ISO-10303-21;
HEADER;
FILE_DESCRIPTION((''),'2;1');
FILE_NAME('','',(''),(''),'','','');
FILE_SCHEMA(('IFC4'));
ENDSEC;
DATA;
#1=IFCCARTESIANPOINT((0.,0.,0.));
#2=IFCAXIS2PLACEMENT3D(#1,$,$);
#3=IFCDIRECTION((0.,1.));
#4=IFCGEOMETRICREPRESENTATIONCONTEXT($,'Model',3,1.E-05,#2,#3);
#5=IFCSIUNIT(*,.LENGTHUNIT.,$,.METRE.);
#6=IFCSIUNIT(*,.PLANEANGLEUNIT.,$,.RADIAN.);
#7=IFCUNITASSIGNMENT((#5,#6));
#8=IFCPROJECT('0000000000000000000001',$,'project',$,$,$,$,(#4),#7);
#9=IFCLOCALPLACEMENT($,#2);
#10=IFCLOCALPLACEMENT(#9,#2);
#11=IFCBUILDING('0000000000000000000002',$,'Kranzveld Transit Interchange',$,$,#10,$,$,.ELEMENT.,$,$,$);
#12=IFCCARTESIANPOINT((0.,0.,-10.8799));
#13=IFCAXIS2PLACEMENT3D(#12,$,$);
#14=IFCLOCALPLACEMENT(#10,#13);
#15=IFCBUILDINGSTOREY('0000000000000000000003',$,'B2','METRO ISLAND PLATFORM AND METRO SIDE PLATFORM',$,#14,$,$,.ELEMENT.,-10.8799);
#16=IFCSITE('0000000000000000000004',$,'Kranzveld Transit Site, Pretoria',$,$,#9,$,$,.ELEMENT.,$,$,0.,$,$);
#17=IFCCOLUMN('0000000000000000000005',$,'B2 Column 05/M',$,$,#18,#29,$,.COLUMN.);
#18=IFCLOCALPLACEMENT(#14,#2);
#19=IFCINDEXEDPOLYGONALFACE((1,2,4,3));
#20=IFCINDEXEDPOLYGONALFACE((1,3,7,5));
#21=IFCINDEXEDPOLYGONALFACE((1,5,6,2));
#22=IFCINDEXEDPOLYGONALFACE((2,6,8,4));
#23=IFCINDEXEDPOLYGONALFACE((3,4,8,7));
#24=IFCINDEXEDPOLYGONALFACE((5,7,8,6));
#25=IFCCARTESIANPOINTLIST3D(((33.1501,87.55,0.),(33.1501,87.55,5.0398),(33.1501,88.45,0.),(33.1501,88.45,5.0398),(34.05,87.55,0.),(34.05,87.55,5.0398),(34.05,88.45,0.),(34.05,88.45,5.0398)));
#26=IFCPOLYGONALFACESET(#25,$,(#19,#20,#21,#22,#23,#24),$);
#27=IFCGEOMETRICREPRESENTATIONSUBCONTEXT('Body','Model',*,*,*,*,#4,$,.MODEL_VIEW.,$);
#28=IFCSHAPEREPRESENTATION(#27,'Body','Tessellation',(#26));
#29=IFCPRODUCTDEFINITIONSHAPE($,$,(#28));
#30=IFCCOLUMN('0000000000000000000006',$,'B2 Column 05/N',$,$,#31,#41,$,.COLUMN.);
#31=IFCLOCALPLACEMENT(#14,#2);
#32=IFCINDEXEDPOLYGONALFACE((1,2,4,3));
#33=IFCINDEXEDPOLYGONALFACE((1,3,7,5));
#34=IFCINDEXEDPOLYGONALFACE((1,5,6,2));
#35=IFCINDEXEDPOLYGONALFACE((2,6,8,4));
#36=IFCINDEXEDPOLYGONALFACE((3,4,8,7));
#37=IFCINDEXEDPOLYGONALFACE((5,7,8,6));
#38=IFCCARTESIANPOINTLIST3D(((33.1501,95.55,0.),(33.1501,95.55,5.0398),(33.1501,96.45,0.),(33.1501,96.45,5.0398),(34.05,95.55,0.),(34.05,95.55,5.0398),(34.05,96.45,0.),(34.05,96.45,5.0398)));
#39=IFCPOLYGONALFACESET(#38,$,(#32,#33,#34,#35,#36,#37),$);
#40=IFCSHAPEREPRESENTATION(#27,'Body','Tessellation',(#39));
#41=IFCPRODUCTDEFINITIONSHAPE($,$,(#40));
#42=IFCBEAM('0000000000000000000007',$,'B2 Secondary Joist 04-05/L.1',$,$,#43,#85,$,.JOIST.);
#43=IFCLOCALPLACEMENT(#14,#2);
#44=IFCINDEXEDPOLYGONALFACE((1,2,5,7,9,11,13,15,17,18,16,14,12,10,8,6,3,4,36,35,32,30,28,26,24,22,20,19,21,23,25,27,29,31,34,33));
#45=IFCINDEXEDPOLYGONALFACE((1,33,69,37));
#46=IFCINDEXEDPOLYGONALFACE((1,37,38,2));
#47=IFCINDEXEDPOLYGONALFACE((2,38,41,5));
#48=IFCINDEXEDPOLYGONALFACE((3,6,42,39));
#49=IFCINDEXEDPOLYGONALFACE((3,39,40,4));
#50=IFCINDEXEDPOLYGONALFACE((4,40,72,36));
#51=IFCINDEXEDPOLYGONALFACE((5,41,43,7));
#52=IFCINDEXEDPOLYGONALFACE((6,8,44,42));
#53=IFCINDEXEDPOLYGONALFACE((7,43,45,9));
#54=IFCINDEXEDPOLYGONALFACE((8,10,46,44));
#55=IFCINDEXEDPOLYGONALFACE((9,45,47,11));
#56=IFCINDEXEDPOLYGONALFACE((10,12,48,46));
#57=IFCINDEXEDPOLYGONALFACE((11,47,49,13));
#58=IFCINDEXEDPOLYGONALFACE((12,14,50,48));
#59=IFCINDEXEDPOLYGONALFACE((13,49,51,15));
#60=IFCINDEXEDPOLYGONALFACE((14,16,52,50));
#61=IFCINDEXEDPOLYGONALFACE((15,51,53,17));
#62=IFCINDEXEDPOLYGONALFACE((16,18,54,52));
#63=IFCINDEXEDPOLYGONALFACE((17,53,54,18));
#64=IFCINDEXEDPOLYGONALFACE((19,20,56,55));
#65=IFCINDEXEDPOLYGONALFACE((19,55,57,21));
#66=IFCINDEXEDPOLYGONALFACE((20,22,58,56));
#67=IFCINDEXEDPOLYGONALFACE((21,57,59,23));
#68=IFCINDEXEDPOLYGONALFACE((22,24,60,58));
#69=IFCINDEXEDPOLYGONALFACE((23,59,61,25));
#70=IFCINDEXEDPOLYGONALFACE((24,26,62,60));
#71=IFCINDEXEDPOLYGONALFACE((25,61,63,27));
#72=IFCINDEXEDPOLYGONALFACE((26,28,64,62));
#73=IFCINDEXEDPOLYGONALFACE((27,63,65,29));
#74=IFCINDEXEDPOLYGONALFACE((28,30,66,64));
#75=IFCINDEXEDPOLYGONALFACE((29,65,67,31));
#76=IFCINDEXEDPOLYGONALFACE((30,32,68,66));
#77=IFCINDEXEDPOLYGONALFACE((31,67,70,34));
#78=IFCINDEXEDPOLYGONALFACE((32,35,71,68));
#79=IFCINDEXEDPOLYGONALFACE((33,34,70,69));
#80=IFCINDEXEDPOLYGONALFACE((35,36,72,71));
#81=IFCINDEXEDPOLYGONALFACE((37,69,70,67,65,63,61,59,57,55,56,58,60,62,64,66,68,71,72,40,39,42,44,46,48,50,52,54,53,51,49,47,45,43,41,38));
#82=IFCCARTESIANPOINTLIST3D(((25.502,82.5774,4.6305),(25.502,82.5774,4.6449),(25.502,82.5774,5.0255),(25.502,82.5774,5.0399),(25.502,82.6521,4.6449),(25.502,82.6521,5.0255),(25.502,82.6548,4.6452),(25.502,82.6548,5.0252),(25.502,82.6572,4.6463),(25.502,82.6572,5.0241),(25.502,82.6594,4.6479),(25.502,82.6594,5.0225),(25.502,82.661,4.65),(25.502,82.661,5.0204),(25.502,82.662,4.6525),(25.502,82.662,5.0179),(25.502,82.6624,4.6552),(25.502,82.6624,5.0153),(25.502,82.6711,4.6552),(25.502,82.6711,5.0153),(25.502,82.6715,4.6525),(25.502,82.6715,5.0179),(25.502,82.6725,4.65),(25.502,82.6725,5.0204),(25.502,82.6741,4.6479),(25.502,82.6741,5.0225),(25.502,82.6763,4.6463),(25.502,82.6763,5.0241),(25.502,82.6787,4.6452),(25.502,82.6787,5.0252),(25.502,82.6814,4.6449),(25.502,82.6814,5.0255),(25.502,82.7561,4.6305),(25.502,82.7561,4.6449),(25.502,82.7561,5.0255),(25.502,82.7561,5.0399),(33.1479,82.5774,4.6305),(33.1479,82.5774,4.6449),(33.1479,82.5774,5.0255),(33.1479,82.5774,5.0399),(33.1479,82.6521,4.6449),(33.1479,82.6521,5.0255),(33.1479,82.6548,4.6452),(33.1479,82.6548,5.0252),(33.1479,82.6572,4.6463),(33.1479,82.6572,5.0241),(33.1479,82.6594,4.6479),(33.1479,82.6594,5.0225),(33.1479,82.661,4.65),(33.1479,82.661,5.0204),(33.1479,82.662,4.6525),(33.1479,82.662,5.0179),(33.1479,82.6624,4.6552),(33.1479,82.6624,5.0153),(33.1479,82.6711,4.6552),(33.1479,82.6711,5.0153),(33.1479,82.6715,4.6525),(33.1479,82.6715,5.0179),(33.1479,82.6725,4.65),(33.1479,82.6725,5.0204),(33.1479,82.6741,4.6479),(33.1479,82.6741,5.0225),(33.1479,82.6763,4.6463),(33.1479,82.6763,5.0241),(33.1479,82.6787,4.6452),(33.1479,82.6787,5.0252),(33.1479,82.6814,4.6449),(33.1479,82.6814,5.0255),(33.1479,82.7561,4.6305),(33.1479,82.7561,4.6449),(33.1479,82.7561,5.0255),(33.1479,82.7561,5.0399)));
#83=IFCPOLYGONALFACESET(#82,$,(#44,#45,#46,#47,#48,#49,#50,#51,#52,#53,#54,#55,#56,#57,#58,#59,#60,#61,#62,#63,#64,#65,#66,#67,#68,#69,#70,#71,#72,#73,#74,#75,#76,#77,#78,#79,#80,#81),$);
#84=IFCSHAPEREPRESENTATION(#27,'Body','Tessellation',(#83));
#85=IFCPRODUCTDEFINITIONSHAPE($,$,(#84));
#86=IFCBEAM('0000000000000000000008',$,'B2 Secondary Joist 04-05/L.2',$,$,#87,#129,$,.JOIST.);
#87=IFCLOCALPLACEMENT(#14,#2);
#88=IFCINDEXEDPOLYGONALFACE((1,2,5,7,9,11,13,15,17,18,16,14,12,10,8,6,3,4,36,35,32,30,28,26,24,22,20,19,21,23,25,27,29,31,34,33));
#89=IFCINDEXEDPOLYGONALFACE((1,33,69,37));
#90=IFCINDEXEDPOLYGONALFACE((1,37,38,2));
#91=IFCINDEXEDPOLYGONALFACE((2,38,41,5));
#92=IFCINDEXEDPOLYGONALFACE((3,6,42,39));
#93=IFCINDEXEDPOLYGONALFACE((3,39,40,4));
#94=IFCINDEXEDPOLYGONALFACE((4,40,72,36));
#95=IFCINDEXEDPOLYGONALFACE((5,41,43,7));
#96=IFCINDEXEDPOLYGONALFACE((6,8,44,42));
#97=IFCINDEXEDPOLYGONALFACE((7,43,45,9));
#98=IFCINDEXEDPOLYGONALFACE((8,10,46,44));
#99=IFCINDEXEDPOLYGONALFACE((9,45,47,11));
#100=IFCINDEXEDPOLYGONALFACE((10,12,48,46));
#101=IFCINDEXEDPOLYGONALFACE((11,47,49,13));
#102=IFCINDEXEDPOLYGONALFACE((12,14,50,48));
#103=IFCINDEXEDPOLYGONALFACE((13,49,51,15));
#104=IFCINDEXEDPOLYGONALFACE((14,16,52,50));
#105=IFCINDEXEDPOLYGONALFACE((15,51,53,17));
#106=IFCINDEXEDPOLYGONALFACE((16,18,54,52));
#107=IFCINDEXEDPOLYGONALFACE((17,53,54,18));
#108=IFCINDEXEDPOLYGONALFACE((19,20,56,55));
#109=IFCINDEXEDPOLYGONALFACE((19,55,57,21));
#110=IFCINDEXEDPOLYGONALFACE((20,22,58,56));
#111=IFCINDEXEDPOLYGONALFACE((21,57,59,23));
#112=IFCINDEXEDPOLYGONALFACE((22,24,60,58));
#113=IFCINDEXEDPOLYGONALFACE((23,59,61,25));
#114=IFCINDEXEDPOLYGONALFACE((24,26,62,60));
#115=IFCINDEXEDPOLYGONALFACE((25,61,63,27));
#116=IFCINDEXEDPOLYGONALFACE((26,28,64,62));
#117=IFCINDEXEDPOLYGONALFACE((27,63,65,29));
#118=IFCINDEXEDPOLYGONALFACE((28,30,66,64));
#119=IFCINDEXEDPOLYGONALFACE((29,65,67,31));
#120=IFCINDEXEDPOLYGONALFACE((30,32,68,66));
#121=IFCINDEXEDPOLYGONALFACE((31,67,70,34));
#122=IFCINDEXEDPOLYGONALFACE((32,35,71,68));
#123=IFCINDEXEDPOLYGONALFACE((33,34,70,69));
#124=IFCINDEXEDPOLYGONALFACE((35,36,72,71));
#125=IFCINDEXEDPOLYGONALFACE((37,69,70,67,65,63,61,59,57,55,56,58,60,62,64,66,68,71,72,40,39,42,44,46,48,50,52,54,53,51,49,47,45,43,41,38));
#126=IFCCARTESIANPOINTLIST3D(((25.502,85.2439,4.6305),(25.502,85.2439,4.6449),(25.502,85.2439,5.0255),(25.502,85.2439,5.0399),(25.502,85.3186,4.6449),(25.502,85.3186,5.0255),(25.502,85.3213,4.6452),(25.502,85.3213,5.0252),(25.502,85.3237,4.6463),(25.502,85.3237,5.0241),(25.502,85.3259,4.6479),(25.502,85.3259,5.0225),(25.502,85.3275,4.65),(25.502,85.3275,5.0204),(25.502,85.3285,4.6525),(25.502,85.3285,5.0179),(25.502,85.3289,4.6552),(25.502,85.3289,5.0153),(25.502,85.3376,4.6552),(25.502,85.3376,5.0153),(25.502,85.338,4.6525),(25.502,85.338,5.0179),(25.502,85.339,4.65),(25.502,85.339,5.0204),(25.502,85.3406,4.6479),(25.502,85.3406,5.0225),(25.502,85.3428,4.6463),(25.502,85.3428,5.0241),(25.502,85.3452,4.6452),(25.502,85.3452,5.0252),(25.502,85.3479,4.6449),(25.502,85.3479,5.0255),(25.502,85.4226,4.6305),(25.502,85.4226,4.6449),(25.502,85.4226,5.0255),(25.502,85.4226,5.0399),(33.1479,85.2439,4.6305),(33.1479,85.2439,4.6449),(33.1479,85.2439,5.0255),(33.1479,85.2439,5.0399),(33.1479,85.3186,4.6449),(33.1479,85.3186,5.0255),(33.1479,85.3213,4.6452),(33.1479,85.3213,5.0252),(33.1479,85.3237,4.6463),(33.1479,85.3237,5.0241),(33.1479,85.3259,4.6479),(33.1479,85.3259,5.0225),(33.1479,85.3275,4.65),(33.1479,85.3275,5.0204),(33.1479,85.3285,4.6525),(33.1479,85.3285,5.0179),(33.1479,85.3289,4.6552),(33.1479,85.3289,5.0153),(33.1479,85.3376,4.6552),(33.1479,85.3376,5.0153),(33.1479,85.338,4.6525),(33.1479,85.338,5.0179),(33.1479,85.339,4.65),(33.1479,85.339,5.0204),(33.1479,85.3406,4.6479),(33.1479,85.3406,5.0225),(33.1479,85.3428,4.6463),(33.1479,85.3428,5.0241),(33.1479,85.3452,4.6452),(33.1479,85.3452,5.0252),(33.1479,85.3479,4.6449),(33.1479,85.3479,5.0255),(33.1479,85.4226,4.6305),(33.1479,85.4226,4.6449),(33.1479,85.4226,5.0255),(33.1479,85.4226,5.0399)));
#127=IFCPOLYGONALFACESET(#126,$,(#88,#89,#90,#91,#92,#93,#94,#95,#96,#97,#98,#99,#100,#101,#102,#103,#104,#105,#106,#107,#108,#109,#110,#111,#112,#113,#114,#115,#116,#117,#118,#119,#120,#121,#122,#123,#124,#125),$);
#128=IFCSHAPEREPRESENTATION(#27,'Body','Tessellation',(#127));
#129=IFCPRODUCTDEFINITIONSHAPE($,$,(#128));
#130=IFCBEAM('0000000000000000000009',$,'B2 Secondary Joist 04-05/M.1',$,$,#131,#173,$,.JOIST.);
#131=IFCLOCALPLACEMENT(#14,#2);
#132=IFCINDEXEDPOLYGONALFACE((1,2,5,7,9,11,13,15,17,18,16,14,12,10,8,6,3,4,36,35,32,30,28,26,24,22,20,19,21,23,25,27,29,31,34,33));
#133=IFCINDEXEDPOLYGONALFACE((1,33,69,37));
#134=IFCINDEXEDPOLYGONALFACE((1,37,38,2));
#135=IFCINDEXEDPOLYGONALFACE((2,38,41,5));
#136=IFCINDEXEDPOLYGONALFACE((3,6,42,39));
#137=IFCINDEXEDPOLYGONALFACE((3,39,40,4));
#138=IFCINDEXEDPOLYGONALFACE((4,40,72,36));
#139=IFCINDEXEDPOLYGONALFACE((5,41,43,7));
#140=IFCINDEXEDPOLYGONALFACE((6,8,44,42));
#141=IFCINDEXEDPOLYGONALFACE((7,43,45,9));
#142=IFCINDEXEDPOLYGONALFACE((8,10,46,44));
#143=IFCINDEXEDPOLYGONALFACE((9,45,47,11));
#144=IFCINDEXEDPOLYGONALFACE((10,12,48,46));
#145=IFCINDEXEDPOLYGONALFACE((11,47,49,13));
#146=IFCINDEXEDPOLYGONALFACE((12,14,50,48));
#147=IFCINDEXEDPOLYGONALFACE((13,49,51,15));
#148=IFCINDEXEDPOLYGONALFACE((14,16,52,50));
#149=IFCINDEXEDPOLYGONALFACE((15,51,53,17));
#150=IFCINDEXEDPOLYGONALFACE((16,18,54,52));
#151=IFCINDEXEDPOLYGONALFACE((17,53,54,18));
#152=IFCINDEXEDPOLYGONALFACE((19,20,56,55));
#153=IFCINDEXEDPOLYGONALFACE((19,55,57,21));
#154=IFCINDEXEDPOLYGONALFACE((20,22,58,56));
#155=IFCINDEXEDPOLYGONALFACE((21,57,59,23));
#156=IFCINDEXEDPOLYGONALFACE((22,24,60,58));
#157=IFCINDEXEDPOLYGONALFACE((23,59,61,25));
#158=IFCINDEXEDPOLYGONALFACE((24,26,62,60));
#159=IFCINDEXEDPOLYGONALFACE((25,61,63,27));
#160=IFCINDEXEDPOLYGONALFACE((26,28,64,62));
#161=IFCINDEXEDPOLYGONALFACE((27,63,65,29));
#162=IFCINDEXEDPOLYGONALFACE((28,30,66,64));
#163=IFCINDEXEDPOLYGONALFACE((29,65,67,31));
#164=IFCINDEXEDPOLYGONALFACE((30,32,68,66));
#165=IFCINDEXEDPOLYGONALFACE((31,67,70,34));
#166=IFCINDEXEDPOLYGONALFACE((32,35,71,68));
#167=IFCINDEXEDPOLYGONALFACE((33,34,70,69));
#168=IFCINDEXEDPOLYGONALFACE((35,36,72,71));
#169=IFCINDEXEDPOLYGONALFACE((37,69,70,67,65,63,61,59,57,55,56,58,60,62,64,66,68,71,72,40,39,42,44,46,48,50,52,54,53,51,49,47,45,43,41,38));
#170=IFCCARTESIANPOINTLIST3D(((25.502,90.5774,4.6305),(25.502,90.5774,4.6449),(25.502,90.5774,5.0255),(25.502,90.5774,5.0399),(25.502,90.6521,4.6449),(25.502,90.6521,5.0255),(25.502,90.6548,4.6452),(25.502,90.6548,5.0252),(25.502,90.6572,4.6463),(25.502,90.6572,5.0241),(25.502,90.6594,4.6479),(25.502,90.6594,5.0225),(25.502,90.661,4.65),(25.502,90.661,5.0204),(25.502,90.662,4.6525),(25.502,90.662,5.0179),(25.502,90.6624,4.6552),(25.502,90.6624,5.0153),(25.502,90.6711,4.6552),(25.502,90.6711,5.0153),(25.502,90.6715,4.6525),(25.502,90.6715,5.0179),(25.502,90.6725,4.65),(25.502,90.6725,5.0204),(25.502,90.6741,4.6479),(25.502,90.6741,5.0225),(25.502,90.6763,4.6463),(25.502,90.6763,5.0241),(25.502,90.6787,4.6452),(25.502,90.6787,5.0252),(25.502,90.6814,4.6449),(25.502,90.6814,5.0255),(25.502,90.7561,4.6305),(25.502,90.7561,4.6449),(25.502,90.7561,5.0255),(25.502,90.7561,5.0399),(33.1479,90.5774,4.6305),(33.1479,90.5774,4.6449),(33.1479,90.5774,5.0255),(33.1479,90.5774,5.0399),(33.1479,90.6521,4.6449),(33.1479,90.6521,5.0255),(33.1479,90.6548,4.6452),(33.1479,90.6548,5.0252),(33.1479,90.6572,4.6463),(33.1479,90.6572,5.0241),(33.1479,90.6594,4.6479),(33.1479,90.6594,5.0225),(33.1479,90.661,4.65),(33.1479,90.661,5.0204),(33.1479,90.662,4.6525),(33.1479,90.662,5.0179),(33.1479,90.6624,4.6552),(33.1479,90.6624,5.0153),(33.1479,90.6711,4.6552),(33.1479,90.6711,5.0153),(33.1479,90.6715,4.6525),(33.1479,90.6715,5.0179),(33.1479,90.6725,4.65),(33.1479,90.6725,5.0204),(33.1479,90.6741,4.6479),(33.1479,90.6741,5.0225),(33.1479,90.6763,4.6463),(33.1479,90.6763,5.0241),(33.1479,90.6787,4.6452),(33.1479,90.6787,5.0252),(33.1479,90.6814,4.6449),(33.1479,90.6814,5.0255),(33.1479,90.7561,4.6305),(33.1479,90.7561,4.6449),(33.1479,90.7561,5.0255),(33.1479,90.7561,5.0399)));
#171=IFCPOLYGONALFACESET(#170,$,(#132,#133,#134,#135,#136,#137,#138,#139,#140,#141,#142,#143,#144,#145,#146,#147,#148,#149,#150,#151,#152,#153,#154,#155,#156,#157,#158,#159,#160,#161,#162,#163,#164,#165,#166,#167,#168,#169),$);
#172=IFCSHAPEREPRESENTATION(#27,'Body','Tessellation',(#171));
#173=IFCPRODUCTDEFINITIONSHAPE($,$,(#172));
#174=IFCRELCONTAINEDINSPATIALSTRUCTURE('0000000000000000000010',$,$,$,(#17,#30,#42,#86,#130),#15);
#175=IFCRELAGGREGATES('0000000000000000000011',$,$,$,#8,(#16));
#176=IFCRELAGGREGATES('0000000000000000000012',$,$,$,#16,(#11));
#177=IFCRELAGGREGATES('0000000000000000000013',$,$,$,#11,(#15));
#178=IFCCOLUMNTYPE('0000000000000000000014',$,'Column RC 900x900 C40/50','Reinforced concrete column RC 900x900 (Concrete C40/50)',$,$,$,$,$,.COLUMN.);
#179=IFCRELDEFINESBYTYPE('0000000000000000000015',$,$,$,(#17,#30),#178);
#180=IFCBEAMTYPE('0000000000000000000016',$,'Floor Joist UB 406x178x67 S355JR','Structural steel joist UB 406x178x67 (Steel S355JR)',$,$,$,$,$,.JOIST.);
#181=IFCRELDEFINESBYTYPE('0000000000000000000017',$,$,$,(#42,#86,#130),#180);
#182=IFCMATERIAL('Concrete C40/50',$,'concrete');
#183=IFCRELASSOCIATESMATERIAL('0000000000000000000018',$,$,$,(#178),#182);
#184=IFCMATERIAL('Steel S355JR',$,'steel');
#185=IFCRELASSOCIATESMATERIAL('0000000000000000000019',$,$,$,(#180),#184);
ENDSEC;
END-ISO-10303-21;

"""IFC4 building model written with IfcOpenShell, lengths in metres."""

from ifc_helpers import new_model, si_unit, direction, frame, origin, origin_2d, place, context, subcontext, project, spatial, rectangle, i_section, extrude, material, material_profile, profile_set, type_object, element, save


model = new_model("IFC4")

# Units and contexts
model_context = context("Model", 3, precision=1e-05, world=origin(), true_north=direction((0.0, 1.0)))
body_context = subcontext(model_context, "Body", "Model", "MODEL_VIEW")
ifc_project = project(units=[si_unit("LENGTHUNIT", "METRE"), si_unit("PLANEANGLEUNIT", "RADIAN")], contexts=[model_context])

# Site, building, storey
site_placement = place(None, origin())
site = spatial("IfcSite", under=ifc_project, at=site_placement, Name="Kranzveld Transit Site, Pretoria", CompositionType="ELEMENT", RefElevation=0.0)
building_placement = place(site_placement, origin())
building = spatial("IfcBuilding", under=site, at=building_placement, Name="Kranzveld Transit Interchange", CompositionType="ELEMENT")
storey_placement = place(building_placement, frame((0.0, 0.0, -10.8799)))
storey = spatial("IfcBuildingStorey", under=building, at=storey_placement, Name="B2", Description="METRO ISLAND PLATFORM AND METRO SIDE PLATFORM", CompositionType="ELEMENT", Elevation=-10.8799)

# Columns
ifc_material_1 = material(Name="Concrete C40/50", Category="concrete")
ifc_material_profile_1 = material_profile(ifc_material_1, rectangle(XDim=0.8999, YDim=0.8999, at=origin_2d()), Name="RC 900x900")
ifc_profile_set_1 = profile_set([ifc_material_profile_1], Name="Concrete C40/50")
column_type = type_object("IfcColumnType", Name="Column RC 900x900 C40/50", Description="Reinforced concrete column RC 900x900 (Concrete C40/50)", PredefinedType="COLUMN", material=ifc_profile_set_1)
for number, where, z_axis, x_axis, name in (
    (1, (33.6001, 88.0, 0.0), (0.0, 0.0, 1.0), (1.0, 0.0, 0.0), "B2 Column 05/M"),
    (2, (33.6001, 96.0, 0.0), (0.0, 0.0, 1.0), (1.0, 0.0, 0.0), "B2 Column 05/N"),
):
    element("IfcColumn", number, at=place(storey_placement, frame(where, z_axis=z_axis, x_axis=x_axis)), inside=storey, type_object=column_type, Name=name, PredefinedType="COLUMN", context=body_context, shape_type="SweptSolid", body=[
        extrude(rectangle(XDim=0.8999, YDim=0.8999, at=origin_2d()), origin(), (0.0, 0.0, 1.0), 5.0398),
    ])

# Beams
ifc_material_2 = material(Name="Steel S355JR", Category="steel")
ifc_material_profile_2 = material_profile(ifc_material_2, i_section(OverallWidth=0.1787, OverallDepth=0.4094, WebThickness=0.0088, FlangeThickness=0.0144, FilletRadius=0.0103, at=origin_2d()), Name="UB 406x178x67")
ifc_profile_set_2 = profile_set([ifc_material_profile_2], Name="Steel S355JR")
beam_type_1 = type_object("IfcBeamType", Name="Floor Joist UB 406x178x67 S355JR", Description="Structural steel joist UB 406x178x67 (Steel S355JR)", PredefinedType="JOIST", material=ifc_profile_set_2)
for number, where, z_axis, x_axis, name in (
    (3, (25.502, 82.6667, 4.8352), (1.0, 0.0, 0.0), (0.0, 1.0, 0.0), "B2 Secondary Joist 04-05/L.1"),
    (4, (25.502, 85.3333, 4.8352), (1.0, 0.0, 0.0), (0.0, 1.0, 0.0), "B2 Secondary Joist 04-05/L.2"),
    (5, (25.502, 90.6667, 4.8352), (1.0, 0.0, 0.0), (0.0, 1.0, 0.0), "B2 Secondary Joist 04-05/M.1"),
):
    element("IfcBeam", number, at=place(storey_placement, frame(where, z_axis=z_axis, x_axis=x_axis)), inside=storey, type_object=beam_type_1, Name=name, PredefinedType="JOIST", context=body_context, shape_type="SweptSolid", body=[
        extrude(i_section(OverallWidth=0.1787, OverallDepth=0.4094, WebThickness=0.0088, FlangeThickness=0.0144, FilletRadius=0.0103, at=origin_2d()), origin(), (0.0, 0.0, 1.0), 7.646),
    ])

save(model, "model.ifc")
